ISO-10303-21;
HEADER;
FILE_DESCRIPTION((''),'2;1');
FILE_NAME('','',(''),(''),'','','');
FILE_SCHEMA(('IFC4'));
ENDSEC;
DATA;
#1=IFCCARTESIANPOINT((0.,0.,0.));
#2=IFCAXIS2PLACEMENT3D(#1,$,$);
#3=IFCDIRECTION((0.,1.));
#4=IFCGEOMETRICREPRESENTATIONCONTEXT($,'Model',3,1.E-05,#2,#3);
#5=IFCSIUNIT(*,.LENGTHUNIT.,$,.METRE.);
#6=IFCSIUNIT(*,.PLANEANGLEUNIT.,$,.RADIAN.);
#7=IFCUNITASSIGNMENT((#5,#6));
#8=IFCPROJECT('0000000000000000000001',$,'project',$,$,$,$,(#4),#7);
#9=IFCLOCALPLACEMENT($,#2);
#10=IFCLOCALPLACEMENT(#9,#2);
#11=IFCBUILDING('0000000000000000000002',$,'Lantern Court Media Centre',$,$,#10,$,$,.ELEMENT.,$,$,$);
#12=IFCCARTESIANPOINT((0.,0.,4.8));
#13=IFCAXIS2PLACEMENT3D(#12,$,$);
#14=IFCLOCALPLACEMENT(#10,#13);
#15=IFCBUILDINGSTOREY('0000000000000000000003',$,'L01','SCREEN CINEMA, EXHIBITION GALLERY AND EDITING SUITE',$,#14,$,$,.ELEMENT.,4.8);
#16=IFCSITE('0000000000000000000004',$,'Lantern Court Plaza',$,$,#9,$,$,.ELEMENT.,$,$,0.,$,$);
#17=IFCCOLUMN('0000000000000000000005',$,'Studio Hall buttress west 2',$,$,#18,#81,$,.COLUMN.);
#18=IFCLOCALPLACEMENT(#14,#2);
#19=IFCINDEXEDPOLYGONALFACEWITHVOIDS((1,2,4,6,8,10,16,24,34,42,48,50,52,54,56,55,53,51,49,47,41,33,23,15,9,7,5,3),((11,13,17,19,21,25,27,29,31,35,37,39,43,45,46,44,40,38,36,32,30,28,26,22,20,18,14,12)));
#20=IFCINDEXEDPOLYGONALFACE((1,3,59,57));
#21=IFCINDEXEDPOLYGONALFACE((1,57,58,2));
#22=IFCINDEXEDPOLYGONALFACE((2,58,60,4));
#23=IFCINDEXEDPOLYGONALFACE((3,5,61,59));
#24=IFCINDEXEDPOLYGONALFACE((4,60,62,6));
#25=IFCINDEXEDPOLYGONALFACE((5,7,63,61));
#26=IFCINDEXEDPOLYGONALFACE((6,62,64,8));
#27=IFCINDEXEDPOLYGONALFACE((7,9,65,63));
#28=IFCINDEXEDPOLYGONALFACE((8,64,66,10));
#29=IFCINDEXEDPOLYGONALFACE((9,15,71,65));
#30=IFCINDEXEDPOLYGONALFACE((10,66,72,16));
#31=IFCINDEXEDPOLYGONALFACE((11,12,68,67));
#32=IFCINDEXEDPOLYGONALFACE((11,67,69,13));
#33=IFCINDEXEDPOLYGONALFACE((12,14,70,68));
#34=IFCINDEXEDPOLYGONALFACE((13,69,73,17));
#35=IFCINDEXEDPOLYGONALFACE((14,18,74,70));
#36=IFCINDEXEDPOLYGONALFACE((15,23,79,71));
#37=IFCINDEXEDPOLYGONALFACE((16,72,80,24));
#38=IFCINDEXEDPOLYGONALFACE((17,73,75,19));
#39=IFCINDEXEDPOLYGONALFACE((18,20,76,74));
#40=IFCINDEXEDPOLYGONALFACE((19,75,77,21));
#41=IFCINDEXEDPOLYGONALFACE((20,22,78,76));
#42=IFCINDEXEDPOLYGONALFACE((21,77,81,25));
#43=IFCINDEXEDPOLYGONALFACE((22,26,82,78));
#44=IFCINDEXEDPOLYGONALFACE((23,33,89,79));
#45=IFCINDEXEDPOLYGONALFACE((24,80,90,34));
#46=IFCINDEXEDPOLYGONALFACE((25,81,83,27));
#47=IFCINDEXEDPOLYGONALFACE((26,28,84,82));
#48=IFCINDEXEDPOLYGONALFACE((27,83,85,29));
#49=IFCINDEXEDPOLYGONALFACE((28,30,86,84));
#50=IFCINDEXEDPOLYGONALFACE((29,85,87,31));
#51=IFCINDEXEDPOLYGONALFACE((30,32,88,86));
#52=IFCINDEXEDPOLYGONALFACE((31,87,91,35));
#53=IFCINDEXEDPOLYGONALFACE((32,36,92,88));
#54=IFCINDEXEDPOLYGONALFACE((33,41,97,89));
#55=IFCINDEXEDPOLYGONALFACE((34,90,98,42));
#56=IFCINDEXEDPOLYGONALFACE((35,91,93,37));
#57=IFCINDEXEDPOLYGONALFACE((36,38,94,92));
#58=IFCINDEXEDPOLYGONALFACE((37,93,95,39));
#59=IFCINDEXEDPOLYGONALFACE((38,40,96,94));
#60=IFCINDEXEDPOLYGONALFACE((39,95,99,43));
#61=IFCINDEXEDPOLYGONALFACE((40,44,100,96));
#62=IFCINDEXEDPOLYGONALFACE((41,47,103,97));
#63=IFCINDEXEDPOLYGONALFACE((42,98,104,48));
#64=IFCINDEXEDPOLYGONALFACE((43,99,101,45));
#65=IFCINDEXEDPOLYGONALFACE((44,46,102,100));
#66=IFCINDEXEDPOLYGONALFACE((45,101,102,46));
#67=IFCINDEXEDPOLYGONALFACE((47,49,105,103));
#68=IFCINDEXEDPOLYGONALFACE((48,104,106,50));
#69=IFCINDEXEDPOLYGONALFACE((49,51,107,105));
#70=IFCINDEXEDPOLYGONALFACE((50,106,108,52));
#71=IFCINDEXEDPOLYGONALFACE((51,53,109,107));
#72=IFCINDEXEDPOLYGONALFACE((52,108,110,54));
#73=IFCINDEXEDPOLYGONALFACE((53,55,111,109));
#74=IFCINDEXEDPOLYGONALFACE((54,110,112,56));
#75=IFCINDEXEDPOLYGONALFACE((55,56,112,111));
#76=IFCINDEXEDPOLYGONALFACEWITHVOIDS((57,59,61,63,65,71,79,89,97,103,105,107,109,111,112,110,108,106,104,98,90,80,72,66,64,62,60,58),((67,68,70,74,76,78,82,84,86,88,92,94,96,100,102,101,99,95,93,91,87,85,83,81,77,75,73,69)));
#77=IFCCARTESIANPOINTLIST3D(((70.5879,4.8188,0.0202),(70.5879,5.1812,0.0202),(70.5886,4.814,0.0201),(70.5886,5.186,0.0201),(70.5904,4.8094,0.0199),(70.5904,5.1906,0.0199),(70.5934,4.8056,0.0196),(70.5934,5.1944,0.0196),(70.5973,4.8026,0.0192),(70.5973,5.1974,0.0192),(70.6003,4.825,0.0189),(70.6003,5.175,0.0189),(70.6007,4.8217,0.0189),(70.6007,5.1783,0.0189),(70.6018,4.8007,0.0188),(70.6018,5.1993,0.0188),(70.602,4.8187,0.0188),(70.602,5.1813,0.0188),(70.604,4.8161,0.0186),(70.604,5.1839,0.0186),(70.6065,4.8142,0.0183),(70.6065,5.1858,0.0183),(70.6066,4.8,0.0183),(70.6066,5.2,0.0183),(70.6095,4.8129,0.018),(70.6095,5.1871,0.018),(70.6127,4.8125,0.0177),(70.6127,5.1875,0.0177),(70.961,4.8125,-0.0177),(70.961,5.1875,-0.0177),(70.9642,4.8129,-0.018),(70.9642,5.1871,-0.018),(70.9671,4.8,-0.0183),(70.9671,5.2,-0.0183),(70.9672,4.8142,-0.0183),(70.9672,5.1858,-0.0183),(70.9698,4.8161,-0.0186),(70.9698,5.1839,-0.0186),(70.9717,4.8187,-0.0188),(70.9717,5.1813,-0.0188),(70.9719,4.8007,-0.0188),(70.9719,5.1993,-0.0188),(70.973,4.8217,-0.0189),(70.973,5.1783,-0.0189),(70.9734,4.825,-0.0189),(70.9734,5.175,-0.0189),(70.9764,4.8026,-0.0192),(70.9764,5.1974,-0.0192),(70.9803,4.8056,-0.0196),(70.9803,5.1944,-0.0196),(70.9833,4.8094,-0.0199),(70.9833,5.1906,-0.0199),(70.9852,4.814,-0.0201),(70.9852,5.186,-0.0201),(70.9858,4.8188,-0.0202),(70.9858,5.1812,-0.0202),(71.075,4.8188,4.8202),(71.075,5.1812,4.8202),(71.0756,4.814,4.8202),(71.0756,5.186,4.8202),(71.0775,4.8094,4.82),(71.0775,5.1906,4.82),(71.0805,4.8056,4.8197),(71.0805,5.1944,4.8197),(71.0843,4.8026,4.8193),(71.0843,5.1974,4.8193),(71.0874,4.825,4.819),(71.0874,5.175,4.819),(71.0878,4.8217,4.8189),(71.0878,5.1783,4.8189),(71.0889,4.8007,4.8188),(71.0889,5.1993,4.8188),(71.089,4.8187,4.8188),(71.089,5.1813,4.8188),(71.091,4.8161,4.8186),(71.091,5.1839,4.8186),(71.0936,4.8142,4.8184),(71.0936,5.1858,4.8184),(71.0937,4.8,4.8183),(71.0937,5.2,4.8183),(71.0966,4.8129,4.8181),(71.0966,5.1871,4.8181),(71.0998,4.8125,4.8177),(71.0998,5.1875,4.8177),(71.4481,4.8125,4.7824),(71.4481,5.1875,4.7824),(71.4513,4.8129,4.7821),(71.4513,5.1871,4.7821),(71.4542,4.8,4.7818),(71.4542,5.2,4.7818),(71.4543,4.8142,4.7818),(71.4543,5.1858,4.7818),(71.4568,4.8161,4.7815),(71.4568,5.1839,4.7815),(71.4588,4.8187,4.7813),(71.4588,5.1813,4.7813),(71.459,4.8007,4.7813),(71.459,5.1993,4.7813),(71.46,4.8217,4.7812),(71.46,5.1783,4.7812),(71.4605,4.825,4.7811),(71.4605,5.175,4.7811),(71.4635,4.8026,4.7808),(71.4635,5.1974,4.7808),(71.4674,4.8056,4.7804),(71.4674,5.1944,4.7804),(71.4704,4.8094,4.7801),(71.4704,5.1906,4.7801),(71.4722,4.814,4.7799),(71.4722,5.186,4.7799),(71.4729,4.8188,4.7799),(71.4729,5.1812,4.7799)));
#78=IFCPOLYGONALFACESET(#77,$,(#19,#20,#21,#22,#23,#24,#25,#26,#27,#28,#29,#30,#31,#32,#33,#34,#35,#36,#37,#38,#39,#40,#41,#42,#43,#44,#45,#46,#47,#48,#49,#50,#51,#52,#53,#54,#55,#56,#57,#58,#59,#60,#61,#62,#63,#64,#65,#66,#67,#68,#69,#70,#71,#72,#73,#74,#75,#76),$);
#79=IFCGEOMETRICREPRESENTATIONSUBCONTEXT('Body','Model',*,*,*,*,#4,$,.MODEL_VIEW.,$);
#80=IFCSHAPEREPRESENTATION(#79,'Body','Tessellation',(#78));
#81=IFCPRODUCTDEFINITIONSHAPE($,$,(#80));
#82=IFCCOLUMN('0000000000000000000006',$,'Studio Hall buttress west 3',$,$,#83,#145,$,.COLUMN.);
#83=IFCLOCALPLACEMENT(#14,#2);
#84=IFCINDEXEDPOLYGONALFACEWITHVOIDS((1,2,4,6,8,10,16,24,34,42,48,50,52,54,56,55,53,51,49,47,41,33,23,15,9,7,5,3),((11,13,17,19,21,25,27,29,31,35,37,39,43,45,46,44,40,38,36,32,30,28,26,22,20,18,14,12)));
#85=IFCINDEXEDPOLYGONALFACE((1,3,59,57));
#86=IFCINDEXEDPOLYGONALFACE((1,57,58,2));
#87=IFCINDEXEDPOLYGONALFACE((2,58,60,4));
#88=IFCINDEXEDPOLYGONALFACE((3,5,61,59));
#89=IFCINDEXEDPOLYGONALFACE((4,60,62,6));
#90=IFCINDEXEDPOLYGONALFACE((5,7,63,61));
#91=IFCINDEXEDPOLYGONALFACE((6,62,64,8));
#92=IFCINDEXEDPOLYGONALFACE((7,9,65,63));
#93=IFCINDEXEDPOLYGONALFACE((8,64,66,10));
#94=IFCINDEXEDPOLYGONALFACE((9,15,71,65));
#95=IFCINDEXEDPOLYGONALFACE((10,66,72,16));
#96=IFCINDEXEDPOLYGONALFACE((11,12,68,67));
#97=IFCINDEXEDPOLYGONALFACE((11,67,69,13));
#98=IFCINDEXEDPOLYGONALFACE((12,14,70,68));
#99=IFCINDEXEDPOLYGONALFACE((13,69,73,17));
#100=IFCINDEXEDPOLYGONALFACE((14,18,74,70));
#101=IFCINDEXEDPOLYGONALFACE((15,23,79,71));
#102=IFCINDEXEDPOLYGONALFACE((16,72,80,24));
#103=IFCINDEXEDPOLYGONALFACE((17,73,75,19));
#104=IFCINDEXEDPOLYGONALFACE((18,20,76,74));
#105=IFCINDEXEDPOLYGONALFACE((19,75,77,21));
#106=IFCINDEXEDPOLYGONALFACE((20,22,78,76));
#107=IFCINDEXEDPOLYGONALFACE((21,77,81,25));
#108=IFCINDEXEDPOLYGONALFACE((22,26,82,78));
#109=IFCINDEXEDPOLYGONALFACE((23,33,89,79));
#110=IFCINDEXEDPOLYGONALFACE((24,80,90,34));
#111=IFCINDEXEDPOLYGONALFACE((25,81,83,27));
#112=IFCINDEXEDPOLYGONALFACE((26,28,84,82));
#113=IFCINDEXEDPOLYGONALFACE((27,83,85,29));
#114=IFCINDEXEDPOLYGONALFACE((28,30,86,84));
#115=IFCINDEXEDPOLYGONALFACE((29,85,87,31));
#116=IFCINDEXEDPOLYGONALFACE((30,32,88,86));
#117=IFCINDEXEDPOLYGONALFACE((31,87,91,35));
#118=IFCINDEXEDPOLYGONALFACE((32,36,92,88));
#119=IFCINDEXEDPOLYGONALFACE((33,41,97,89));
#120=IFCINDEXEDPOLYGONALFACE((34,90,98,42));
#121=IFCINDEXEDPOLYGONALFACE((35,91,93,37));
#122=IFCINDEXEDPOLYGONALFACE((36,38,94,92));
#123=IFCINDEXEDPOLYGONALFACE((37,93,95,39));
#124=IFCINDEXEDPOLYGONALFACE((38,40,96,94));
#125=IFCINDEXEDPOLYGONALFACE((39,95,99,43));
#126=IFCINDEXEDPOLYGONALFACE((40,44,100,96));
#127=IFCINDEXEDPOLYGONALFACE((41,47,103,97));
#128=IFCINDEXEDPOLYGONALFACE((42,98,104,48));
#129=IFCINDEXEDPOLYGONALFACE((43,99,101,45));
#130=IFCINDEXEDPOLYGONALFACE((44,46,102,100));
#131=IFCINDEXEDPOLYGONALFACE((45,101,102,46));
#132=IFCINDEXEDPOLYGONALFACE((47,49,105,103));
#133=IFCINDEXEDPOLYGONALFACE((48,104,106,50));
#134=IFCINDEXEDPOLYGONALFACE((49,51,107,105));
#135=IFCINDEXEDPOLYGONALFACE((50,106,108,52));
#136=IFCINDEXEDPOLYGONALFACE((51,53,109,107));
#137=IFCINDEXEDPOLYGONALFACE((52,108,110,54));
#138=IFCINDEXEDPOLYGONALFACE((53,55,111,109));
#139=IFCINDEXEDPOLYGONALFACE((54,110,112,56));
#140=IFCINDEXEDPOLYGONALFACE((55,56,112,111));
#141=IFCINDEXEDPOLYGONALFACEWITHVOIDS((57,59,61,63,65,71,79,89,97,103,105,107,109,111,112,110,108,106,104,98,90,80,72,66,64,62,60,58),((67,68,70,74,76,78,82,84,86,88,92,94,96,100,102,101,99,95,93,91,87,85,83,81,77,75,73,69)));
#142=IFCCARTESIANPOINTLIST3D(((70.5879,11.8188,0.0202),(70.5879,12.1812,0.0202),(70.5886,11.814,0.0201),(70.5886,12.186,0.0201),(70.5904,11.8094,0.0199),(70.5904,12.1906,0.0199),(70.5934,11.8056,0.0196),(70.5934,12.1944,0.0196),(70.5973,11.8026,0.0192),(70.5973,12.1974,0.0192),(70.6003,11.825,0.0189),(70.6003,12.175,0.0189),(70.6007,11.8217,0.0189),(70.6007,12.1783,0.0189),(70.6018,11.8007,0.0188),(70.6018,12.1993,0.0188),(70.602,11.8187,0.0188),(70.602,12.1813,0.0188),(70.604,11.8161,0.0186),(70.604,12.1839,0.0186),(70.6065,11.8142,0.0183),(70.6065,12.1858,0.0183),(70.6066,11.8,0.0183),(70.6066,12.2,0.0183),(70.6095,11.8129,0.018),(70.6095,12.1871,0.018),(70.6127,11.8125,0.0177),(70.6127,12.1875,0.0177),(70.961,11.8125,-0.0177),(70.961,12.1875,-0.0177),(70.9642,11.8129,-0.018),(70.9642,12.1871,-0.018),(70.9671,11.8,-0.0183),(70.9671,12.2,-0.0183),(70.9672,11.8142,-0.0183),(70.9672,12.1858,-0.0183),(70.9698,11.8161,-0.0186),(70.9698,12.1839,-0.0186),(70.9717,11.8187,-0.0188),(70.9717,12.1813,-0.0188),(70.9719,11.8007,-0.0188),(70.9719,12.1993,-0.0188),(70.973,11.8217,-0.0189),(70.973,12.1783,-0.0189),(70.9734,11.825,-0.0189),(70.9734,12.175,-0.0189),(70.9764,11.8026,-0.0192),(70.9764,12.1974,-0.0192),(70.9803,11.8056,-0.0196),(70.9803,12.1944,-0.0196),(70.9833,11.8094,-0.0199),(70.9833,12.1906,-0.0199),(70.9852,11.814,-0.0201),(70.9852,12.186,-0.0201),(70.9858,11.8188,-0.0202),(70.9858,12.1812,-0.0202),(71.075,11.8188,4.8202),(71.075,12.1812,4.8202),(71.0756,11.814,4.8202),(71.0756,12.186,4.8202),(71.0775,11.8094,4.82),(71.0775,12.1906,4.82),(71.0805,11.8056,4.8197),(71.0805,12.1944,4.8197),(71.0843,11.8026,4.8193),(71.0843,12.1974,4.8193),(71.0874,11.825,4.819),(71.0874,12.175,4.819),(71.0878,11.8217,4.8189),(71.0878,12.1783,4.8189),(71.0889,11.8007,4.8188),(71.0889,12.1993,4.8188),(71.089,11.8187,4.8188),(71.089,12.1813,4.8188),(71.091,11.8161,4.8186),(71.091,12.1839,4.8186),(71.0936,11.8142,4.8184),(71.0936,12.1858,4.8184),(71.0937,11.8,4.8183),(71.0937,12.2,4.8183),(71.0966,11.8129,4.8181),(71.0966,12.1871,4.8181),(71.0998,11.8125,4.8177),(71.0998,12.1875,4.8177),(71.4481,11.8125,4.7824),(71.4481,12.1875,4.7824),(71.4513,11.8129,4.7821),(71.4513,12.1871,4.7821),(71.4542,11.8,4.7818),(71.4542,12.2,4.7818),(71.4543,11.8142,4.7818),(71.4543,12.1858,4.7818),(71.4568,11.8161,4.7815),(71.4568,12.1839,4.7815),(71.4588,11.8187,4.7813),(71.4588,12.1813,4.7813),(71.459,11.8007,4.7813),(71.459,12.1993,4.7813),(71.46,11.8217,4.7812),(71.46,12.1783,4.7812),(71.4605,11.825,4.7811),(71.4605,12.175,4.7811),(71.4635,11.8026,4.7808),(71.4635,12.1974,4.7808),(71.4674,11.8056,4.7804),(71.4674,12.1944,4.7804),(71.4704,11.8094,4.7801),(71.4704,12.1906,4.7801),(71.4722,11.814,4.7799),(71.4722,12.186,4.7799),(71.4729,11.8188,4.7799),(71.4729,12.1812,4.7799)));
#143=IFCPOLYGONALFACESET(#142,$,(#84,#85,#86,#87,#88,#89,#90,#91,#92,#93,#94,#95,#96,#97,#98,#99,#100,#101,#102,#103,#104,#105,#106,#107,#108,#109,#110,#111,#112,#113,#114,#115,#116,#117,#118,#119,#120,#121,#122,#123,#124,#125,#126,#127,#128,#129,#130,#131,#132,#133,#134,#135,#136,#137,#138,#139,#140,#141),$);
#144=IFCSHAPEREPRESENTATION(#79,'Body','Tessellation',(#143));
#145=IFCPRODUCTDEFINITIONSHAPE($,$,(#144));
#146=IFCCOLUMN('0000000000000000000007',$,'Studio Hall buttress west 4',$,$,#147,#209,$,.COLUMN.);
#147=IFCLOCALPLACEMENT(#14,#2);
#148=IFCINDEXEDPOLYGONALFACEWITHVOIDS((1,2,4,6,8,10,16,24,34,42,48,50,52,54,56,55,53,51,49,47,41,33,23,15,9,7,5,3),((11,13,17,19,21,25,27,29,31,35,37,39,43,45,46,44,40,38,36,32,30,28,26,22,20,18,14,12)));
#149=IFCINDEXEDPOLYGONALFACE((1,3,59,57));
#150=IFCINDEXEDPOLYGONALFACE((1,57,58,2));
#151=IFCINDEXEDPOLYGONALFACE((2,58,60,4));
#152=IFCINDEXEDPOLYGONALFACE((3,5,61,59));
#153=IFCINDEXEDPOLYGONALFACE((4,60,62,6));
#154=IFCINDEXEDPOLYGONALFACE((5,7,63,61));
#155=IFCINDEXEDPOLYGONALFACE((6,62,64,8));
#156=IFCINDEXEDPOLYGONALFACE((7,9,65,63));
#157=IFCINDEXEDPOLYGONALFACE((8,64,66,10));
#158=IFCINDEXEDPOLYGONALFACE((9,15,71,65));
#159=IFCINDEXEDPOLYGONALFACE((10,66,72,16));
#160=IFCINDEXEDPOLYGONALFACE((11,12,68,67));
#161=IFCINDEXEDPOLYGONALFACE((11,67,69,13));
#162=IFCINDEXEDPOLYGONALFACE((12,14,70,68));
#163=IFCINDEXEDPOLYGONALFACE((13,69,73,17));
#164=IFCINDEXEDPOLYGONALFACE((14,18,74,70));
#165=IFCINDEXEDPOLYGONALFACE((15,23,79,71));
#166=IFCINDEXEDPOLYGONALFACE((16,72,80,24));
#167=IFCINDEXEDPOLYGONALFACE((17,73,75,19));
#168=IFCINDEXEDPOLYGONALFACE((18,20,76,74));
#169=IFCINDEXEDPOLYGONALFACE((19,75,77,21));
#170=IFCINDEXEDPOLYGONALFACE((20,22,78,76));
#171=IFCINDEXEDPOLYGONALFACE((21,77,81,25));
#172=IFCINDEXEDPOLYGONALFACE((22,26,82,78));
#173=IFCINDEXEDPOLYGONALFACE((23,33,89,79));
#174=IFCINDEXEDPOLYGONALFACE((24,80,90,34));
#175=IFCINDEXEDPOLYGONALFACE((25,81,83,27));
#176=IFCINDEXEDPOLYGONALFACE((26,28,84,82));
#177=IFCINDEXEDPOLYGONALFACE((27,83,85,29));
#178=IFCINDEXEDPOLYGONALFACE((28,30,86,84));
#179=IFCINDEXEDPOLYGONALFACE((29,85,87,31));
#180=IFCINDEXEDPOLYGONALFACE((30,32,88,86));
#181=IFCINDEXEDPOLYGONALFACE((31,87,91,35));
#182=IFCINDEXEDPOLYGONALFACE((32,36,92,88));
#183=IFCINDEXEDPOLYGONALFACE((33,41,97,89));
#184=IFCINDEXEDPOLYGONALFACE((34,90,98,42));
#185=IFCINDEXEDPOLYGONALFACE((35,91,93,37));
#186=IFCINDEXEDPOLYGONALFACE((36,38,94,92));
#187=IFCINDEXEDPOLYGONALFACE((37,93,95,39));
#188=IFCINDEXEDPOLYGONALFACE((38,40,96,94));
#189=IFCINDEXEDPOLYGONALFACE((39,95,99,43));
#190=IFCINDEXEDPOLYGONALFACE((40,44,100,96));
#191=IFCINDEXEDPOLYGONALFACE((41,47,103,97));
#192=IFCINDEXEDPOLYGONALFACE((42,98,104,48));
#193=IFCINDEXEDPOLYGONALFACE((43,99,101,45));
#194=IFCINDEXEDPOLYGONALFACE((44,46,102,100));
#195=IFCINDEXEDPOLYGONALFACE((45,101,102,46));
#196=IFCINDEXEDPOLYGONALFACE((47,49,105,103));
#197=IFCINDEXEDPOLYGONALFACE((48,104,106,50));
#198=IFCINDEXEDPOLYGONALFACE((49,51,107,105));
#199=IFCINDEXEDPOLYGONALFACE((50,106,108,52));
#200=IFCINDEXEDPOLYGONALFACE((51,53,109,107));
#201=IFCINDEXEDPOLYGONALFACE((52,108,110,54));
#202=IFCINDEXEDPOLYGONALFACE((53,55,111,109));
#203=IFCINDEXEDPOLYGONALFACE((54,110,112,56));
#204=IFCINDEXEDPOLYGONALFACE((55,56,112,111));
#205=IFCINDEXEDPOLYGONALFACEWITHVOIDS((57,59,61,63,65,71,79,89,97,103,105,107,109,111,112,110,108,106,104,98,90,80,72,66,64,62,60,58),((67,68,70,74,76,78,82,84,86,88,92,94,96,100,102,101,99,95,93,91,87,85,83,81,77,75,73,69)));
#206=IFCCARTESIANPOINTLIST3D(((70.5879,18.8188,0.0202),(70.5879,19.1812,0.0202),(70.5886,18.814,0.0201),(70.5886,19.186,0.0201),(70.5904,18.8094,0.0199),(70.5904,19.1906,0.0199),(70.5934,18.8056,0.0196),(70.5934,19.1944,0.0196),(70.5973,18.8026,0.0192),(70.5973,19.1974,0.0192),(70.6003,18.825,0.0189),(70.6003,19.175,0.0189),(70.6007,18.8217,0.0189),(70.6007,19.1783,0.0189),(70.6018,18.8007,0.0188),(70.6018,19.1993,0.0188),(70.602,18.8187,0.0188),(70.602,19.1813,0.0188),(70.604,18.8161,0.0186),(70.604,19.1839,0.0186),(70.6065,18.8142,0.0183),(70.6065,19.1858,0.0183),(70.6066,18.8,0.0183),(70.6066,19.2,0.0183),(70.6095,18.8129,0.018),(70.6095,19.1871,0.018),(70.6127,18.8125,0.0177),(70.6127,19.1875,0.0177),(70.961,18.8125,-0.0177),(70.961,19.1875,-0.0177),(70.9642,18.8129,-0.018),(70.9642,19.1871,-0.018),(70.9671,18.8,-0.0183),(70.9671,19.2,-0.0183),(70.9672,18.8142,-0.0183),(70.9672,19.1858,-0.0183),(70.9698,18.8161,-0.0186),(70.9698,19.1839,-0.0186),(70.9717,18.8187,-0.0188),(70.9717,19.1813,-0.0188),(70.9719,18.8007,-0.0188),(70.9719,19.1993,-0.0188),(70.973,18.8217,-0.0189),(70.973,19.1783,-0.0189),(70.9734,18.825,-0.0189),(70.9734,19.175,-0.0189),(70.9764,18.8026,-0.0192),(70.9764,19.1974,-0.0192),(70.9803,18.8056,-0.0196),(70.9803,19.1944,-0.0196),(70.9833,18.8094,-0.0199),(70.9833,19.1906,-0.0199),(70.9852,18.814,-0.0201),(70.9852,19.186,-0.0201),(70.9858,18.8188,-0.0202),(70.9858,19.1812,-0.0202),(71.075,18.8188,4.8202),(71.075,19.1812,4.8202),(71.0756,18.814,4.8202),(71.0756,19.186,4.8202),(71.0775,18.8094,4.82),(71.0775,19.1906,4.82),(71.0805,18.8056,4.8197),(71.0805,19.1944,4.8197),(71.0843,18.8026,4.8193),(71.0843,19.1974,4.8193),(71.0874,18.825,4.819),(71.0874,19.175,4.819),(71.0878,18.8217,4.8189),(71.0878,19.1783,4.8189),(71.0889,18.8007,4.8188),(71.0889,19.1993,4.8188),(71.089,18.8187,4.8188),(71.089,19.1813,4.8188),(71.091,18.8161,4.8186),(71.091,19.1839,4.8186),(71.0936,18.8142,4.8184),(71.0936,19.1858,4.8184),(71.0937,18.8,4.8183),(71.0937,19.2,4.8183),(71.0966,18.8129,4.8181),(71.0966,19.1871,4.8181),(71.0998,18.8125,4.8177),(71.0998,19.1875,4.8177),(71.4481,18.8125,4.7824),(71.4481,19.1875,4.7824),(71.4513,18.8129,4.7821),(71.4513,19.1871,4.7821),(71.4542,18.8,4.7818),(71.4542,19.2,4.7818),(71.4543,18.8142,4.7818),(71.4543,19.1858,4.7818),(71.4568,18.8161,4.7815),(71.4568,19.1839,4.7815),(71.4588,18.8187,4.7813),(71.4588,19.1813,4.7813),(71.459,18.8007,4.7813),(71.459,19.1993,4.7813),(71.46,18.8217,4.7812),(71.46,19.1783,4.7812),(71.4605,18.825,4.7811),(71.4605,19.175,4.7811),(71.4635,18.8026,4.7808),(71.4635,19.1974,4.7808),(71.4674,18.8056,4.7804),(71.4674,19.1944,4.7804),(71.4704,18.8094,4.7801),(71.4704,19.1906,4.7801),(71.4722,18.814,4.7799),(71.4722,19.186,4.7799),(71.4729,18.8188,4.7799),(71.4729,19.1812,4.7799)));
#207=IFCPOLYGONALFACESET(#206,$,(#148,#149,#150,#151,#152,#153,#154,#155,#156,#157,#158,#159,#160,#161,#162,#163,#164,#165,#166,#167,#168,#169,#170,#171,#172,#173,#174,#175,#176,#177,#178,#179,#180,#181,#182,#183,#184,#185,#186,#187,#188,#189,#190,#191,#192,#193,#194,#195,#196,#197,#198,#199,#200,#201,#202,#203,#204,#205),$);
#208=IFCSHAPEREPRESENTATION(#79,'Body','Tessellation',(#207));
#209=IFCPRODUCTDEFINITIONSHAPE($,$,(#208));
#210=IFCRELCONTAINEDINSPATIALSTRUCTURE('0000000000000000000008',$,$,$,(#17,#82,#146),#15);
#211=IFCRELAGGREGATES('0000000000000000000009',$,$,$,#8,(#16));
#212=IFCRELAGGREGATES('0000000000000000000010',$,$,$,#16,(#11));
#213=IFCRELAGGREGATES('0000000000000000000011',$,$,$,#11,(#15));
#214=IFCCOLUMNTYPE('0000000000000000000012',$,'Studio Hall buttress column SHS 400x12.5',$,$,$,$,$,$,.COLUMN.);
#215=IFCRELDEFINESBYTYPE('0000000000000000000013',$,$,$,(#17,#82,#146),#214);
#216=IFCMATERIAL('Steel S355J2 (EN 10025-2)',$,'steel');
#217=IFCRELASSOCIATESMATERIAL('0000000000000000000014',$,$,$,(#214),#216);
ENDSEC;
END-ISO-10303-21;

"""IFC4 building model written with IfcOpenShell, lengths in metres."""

from ifc_helpers import new_model, si_unit, direction, frame, origin, origin_2d, place, context, subcontext, project, spatial, hollow_rectangle, extrude, material, material_profile, profile_set, type_object, element, save


model = new_model("IFC4")

# Units and contexts
model_context = context("Model", 3, precision=1e-05, world=origin(), true_north=direction((0.0, 1.0)))
body_context = subcontext(model_context, "Body", "Model", "MODEL_VIEW")
ifc_project = project(units=[si_unit("LENGTHUNIT", "METRE"), si_unit("PLANEANGLEUNIT", "RADIAN")], contexts=[model_context])

# Site, building, storey
site_placement = place(None, origin())
site = spatial("IfcSite", under=ifc_project, at=site_placement, Name="Lantern Court Plaza", CompositionType="ELEMENT", RefElevation=0.0)
building_placement = place(site_placement, origin())
building = spatial("IfcBuilding", under=site, at=building_placement, Name="Lantern Court Media Centre", CompositionType="ELEMENT")
storey_placement = place(building_placement, frame((0.0, 0.0, 4.8)))
storey = spatial("IfcBuildingStorey", under=building, at=storey_placement, Name="L01", Description="SCREEN CINEMA, EXHIBITION GALLERY AND EDITING SUITE", CompositionType="ELEMENT", Elevation=4.8)

# Columns
ifc_material_1 = material(Name="Steel S355J2 (EN 10025-2)", Category="steel")
ifc_material_profile_1 = material_profile(ifc_material_1, hollow_rectangle(XDim=0.3999, YDim=0.3999, WallThickness=0.0125, InnerFilletRadius=0.0125, OuterFilletRadius=0.0188, at=origin_2d()), Name="Studio Hall buttress column SHS 400x12.5")
ifc_profile_set_1 = profile_set([ifc_material_profile_1], Name="Steel S355J2 (EN 10025-2)")
column_type_1 = type_object("IfcColumnType", Name="Studio Hall buttress column SHS 400x12.5", PredefinedType="COLUMN", material=ifc_profile_set_1)
for number, where, z_axis, x_axis, name in (
    (1, (70.7869, 5.0, 0.0), (0.100952, 0.0, 0.994891), (0.0, 1.0, 0.0), "Studio Hall buttress west 2"),
    (2, (70.7869, 12.0, 0.0), (0.100952, 0.0, 0.994891), (0.0, 1.0, 0.0), "Studio Hall buttress west 3"),
    (3, (70.7869, 19.0, 0.0), (0.100952, 0.0, 0.994891), (0.0, 1.0, 0.0), "Studio Hall buttress west 4"),
):
    element("IfcColumn", number, at=place(storey_placement, frame(where, z_axis=z_axis, x_axis=x_axis)), inside=storey, type_object=column_type_1, Name=name, PredefinedType="COLUMN", context=body_context, shape_type="SweptSolid", body=[
        extrude(hollow_rectangle(XDim=0.3999, YDim=0.3999, WallThickness=0.0125, InnerFilletRadius=0.0125, OuterFilletRadius=0.0188, at=origin_2d()), origin(), (0.0, 0.0, 1.0), 4.8247),
    ])

save(model, "model.ifc")
